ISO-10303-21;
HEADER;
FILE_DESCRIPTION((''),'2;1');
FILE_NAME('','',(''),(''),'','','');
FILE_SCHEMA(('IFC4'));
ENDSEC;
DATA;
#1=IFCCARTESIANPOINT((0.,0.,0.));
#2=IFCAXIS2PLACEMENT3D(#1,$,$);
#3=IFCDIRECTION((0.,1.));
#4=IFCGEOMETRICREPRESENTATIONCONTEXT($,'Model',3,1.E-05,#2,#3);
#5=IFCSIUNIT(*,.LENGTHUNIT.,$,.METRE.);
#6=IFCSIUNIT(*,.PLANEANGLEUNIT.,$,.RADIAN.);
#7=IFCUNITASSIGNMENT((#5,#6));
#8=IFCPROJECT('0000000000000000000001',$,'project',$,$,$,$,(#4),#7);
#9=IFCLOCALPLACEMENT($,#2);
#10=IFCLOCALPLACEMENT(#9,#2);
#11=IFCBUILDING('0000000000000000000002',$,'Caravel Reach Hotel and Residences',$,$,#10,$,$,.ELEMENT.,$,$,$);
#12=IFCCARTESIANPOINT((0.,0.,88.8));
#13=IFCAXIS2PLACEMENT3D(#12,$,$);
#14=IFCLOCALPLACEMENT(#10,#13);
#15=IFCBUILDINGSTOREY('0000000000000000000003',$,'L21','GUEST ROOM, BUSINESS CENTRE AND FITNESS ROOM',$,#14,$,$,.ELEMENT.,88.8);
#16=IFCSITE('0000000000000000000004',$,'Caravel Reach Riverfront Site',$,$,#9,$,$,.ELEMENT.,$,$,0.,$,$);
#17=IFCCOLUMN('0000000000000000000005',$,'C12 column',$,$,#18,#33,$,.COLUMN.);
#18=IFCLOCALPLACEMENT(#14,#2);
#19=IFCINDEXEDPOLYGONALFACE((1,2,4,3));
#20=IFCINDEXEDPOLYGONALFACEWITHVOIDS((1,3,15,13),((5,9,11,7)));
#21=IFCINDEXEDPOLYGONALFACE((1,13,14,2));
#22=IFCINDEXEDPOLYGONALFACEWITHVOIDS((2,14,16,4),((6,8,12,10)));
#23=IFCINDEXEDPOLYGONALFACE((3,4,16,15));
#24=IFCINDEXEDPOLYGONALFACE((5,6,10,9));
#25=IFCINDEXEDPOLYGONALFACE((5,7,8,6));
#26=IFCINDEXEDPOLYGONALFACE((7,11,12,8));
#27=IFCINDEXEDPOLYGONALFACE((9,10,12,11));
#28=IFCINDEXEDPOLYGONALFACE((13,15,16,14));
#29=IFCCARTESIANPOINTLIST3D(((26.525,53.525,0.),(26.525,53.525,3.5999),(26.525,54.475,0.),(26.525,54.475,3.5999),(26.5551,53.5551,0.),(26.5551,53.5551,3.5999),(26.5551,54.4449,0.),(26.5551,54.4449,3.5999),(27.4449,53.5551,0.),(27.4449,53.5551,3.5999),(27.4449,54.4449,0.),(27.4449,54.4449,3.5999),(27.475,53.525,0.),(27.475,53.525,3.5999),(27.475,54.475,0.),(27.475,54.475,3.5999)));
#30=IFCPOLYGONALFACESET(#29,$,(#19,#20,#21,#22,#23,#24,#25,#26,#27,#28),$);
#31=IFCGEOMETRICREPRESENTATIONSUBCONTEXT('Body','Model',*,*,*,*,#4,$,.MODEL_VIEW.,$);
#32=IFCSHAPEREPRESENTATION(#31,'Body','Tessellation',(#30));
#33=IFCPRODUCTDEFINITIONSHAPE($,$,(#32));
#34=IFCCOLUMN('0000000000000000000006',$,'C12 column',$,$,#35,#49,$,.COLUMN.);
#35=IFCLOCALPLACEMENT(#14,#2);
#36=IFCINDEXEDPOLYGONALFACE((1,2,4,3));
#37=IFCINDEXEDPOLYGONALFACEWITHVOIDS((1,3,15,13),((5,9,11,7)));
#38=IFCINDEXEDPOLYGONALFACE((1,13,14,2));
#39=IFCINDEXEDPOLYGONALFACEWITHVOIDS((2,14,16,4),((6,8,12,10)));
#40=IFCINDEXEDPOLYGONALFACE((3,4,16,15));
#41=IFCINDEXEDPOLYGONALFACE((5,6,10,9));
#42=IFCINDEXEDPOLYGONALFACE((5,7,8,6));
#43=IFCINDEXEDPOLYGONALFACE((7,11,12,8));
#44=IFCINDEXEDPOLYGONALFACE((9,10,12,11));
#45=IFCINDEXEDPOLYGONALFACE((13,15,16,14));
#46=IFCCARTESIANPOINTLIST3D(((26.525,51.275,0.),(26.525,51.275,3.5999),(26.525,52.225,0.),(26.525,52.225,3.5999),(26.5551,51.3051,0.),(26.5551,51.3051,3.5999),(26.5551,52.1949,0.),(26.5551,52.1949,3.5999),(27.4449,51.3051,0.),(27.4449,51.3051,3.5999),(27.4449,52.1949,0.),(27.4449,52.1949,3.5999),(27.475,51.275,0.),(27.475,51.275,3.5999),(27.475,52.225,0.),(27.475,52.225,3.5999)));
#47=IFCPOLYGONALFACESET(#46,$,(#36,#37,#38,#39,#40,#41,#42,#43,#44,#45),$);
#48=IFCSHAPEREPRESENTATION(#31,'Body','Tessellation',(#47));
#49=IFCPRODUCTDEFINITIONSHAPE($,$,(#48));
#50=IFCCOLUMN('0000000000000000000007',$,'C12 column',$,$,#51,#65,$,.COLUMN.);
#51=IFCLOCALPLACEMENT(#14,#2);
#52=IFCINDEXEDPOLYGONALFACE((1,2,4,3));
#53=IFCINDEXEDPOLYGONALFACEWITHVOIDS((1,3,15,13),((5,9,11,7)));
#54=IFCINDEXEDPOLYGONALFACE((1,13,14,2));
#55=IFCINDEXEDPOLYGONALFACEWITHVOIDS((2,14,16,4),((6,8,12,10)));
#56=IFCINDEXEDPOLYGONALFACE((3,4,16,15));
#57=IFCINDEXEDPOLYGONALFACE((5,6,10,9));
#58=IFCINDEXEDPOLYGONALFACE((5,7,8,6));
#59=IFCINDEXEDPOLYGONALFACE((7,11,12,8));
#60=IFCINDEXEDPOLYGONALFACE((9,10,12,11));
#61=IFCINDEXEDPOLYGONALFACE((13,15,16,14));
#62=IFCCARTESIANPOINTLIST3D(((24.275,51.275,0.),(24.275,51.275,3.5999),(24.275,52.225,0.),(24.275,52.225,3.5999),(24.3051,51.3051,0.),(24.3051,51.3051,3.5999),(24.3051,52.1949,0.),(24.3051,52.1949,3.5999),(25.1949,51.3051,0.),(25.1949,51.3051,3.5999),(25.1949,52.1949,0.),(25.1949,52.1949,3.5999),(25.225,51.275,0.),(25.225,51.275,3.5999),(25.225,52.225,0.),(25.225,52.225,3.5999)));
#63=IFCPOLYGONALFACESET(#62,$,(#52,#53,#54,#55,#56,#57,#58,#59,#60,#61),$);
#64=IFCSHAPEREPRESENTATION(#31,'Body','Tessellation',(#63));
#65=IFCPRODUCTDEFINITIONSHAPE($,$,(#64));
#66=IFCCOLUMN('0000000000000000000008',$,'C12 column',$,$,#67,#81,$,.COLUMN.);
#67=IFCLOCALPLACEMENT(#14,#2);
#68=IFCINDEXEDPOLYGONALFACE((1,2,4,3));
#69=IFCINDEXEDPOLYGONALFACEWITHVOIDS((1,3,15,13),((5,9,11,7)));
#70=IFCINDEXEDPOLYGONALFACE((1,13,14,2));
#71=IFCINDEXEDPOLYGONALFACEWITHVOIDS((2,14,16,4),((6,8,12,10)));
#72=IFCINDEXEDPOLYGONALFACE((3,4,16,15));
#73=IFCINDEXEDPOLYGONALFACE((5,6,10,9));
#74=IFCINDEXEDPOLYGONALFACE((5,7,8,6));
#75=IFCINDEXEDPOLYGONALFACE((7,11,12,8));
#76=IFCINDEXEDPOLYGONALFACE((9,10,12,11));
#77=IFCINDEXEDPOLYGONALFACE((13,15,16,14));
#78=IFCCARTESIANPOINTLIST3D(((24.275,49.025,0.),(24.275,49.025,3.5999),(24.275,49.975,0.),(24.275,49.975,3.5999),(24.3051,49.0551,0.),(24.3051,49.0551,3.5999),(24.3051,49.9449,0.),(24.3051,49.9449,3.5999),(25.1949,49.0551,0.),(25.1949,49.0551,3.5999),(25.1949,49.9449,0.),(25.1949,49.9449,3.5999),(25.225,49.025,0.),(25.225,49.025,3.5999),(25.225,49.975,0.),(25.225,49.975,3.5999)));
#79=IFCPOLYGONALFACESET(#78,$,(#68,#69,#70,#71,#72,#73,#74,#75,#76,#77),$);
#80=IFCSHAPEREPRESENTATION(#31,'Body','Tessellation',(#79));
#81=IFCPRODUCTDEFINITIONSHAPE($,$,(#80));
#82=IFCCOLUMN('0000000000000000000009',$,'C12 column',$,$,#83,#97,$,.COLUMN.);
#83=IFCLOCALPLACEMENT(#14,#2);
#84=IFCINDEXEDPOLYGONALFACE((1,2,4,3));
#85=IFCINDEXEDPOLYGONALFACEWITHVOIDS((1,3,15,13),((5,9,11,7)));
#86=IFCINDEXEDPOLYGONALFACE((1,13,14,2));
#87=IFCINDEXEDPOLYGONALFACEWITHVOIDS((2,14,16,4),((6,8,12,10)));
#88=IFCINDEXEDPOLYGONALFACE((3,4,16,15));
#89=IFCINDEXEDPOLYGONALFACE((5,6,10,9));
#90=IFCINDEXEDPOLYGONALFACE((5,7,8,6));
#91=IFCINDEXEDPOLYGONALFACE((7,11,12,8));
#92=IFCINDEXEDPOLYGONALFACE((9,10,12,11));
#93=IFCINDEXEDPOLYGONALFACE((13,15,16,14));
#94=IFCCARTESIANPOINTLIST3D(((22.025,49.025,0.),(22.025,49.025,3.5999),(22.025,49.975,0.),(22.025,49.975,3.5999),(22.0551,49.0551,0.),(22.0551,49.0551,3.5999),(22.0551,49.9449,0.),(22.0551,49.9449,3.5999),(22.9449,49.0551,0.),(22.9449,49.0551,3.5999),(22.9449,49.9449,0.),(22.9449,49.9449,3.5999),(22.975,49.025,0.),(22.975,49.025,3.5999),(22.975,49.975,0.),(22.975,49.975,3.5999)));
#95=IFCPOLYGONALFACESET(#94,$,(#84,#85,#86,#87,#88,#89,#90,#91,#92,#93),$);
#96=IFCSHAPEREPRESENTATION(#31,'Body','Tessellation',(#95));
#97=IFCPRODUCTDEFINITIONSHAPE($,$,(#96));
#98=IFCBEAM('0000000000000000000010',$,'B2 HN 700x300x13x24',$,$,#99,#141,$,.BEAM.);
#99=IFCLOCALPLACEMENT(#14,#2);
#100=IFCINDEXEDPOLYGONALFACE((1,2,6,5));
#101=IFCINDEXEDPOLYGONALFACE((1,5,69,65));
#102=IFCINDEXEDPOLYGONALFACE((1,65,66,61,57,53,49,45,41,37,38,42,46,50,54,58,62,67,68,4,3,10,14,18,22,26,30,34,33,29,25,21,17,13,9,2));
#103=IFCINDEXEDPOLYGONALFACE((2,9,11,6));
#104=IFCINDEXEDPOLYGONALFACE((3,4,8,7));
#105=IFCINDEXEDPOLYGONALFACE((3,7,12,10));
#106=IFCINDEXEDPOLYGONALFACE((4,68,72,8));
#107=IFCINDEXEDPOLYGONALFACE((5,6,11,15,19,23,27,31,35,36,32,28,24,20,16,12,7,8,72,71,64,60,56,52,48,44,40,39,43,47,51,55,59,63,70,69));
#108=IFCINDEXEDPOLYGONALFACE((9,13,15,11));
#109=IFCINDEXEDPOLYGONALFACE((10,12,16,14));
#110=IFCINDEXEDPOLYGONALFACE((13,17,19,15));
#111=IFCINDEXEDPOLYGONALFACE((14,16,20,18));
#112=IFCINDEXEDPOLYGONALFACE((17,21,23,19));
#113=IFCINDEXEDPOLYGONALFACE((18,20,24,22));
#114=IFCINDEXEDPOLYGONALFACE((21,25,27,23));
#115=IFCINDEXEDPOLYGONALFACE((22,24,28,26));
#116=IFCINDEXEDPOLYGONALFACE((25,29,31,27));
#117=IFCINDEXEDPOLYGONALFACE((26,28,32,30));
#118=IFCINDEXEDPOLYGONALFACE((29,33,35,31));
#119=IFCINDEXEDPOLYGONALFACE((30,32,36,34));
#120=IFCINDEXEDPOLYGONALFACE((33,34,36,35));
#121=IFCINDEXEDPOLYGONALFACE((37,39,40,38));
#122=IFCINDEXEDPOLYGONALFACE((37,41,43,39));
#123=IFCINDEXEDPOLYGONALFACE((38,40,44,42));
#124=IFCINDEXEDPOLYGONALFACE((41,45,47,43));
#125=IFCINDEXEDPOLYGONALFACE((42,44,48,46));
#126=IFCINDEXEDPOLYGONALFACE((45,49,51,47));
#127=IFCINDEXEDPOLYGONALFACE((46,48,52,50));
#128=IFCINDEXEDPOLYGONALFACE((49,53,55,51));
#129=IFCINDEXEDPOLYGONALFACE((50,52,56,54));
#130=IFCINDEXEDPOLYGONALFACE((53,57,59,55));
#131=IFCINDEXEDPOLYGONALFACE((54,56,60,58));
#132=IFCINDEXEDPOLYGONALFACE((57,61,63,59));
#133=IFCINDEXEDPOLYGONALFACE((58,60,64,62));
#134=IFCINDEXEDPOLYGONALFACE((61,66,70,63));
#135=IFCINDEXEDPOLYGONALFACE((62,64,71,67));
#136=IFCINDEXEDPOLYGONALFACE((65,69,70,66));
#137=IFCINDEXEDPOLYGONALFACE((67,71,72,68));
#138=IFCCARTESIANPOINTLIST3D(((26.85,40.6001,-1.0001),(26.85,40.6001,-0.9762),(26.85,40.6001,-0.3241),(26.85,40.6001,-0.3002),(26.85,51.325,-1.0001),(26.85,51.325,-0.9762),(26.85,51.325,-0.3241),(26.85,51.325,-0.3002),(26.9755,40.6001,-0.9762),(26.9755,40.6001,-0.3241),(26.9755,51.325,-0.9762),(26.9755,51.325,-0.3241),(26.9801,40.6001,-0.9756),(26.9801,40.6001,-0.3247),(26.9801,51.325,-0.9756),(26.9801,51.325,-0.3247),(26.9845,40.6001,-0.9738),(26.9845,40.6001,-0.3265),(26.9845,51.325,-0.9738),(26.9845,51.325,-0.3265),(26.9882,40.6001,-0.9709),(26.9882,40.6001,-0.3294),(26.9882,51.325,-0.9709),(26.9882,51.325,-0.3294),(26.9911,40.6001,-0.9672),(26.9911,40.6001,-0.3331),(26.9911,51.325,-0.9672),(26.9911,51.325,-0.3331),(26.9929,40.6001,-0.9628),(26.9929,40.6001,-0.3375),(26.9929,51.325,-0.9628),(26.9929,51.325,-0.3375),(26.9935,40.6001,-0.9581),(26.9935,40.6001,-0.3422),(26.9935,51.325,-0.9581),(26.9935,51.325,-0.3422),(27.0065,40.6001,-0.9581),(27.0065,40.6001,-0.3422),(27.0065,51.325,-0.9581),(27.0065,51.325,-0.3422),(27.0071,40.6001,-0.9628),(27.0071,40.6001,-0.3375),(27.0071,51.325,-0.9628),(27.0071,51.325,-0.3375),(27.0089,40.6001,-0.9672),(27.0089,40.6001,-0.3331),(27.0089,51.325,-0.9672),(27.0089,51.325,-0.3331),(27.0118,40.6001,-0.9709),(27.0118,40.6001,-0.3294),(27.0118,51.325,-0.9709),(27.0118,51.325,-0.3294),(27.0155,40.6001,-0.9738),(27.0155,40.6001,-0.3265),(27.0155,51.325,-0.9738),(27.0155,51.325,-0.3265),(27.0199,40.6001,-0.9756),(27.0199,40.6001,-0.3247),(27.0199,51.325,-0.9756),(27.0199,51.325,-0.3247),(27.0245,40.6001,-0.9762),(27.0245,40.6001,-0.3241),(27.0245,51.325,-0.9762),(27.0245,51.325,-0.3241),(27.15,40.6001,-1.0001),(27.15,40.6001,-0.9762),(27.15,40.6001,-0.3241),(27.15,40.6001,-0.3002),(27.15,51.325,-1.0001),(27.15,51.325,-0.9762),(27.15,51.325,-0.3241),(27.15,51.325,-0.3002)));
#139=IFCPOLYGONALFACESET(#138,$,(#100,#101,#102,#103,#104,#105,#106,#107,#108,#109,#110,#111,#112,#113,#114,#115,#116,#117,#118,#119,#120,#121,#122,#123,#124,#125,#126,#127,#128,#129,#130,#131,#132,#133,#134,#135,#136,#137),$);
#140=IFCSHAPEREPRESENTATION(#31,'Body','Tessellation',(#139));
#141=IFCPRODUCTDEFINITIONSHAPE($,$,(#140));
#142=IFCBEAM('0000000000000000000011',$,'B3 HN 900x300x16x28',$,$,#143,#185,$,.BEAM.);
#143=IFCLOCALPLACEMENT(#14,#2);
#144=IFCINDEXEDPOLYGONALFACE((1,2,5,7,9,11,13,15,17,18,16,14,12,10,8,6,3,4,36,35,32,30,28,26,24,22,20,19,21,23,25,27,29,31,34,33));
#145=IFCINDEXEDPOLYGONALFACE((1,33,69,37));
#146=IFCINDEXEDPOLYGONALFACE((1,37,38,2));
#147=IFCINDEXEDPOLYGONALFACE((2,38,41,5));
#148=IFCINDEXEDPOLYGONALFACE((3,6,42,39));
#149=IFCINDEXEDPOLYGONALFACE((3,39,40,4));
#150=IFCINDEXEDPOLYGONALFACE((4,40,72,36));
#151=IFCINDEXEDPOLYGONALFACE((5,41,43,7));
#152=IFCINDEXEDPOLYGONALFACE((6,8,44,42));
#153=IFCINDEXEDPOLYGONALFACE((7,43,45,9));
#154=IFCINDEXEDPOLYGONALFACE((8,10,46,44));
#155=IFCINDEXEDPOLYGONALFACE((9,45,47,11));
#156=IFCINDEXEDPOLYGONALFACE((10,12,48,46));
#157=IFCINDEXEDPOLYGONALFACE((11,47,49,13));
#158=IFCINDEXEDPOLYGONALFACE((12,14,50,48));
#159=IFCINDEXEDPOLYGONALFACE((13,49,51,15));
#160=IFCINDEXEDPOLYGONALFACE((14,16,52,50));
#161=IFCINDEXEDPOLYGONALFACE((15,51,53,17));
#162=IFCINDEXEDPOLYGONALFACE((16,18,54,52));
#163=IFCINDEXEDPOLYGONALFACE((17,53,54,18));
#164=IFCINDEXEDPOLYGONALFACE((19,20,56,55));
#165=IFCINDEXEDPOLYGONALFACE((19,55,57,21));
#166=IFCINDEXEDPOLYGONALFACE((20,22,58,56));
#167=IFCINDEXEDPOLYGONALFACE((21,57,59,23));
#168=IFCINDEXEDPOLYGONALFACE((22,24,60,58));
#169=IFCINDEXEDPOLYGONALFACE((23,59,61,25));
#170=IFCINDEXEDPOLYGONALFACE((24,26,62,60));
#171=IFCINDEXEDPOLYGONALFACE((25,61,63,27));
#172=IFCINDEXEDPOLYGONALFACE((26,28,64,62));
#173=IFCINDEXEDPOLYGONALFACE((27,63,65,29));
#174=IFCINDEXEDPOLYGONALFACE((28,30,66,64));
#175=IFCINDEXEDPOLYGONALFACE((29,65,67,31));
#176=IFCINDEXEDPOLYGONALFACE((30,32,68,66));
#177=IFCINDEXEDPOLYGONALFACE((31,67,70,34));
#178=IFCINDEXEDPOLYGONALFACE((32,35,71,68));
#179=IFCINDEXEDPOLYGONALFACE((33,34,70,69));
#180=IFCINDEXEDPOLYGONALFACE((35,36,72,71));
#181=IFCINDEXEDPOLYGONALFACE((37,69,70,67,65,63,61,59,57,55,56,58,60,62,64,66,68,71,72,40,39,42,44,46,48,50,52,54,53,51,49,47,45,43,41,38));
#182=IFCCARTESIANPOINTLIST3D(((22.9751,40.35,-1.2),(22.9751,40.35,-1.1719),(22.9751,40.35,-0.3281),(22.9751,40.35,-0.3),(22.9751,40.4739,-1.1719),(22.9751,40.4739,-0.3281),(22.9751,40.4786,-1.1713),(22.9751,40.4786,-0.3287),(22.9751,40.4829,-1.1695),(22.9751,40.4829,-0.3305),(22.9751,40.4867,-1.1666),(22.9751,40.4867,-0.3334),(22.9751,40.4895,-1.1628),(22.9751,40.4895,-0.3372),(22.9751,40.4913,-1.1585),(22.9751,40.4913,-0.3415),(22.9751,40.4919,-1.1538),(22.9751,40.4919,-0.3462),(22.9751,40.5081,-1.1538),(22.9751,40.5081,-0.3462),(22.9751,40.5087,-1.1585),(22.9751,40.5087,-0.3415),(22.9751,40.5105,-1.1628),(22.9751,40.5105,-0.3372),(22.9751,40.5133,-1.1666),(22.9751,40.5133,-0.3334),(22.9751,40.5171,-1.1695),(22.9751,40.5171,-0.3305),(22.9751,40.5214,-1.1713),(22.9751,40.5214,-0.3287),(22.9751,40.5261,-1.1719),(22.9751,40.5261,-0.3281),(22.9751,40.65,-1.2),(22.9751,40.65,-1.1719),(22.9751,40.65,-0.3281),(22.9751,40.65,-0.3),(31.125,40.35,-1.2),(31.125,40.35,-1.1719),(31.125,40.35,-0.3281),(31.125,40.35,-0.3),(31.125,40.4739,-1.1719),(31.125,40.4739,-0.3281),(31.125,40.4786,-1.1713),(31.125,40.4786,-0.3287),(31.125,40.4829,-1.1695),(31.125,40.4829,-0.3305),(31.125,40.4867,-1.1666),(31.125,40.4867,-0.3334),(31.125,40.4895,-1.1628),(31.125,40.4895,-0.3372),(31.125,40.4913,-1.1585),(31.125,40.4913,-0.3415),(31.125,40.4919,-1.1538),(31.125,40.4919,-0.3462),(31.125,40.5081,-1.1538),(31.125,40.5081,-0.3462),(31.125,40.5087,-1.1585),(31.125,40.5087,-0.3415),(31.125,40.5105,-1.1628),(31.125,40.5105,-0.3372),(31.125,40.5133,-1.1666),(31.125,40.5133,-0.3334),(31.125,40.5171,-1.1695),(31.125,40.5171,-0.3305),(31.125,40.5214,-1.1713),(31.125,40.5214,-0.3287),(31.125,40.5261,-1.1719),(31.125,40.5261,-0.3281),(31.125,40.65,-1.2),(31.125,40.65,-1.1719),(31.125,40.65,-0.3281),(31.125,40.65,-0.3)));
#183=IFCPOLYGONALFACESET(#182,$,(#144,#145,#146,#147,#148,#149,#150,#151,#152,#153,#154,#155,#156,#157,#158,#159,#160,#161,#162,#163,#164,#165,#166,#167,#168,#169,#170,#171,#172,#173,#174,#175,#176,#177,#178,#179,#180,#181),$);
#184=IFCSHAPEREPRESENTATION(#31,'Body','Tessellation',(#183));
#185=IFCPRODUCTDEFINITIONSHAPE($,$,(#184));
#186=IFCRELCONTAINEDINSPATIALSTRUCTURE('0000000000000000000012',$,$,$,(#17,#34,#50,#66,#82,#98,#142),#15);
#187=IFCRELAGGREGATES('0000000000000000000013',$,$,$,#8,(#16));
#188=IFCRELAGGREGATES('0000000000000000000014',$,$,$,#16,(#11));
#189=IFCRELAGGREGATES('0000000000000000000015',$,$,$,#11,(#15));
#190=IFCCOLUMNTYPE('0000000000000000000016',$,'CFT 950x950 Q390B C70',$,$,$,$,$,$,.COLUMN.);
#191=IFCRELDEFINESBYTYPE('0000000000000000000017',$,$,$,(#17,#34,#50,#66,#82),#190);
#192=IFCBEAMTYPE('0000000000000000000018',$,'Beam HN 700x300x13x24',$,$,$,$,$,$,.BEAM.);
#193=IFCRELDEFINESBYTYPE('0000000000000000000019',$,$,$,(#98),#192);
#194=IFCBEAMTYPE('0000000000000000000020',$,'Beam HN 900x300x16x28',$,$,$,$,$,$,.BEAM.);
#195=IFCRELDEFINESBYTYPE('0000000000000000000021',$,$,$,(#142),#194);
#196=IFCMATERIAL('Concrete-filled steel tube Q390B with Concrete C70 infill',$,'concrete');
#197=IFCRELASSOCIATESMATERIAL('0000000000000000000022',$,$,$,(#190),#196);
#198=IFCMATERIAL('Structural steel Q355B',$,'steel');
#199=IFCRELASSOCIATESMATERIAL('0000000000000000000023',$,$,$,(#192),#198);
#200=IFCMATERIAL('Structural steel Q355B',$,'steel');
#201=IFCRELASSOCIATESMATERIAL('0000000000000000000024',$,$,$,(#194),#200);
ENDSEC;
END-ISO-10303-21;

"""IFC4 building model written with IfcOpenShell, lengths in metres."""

from ifc_helpers import new_model, si_unit, direction, frame, origin, origin_2d, place, context, subcontext, project, spatial, hollow_rectangle, i_section, extrude, material, material_profile, profile_set, type_object, element, save


model = new_model("IFC4")

# Units and contexts
model_context = context("Model", 3, precision=1e-05, world=origin(), true_north=direction((0.0, 1.0)))
body_context = subcontext(model_context, "Body", "Model", "MODEL_VIEW")
ifc_project = project(units=[si_unit("LENGTHUNIT", "METRE"), si_unit("PLANEANGLEUNIT", "RADIAN")], contexts=[model_context])

# Site, building, storey
site_placement = place(None, origin())
site = spatial("IfcSite", under=ifc_project, at=site_placement, Name="Caravel Reach Riverfront Site", CompositionType="ELEMENT", RefElevation=0.0)
building_placement = place(site_placement, origin())
building = spatial("IfcBuilding", under=site, at=building_placement, Name="Caravel Reach Hotel and Residences", CompositionType="ELEMENT")
storey_placement = place(building_placement, frame((0.0, 0.0, 88.8)))
storey = spatial("IfcBuildingStorey", under=building, at=storey_placement, Name="L21", Description="GUEST ROOM, BUSINESS CENTRE AND FITNESS ROOM", CompositionType="ELEMENT", Elevation=88.8)

# Columns
ifc_material_1 = material(Name="Concrete-filled steel tube Q390B with Concrete C70 infill", Category="concrete")
ifc_material_profile_1 = material_profile(ifc_material_1, hollow_rectangle(XDim=0.95, YDim=0.95, WallThickness=0.03, at=origin_2d()), Name="RHS 950x950x30")
ifc_profile_set_1 = profile_set([ifc_material_profile_1], Name="Concrete-filled steel tube Q390B with Concrete C70 infill")
column_type = type_object("IfcColumnType", Name="CFT 950x950 Q390B C70", PredefinedType="COLUMN", material=ifc_profile_set_1)
for number, where, z_axis, x_axis, name in (
    (1, (27.0, 54.0, 0.0), (0.0, 0.0, 1.0), (1.0, 0.0, 0.0), "C12 column"),
    (2, (27.0, 51.75, 0.0), (0.0, 0.0, 1.0), (1.0, 0.0, 0.0), "C12 column"),
    (3, (24.75, 51.75, 0.0), (0.0, 0.0, 1.0), (1.0, 0.0, 0.0), "C12 column"),
    (4, (24.75, 49.5, 0.0), (0.0, 0.0, 1.0), (1.0, 0.0, 0.0), "C12 column"),
    (5, (22.5, 49.5, 0.0), (0.0, 0.0, 1.0), (1.0, 0.0, 0.0), "C12 column"),
):
    element("IfcColumn", number, at=place(storey_placement, frame(where, z_axis=z_axis, x_axis=x_axis)), inside=storey, type_object=column_type, Name=name, PredefinedType="COLUMN", context=body_context, shape_type="SweptSolid", body=[
        extrude(hollow_rectangle(XDim=0.95, YDim=0.95, WallThickness=0.03, at=origin_2d()), origin(), (0.0, 0.0, 1.0), 3.5999),
    ])

# Beams
ifc_material_2 = material(Name="Structural steel Q355B", Category="steel")
ifc_material_profile_2 = material_profile(ifc_material_2, i_section(OverallWidth=0.3, OverallDepth=0.7, WebThickness=0.0129, FlangeThickness=0.0239, FilletRadius=0.0181, at=origin_2d()), Name="HN 700x300x13x24")
ifc_profile_set_2 = profile_set([ifc_material_profile_2], Name="Structural steel Q355B")
beam_type_1 = type_object("IfcBeamType", Name="Beam HN 700x300x13x24", PredefinedType="BEAM", material=ifc_profile_set_2)
beam_1_placement = place(storey_placement, frame((27.0, 40.6001, -0.6501), z_axis=(0.0, 1.0, 0.0), x_axis=(-1.0, 0.0, 0.0)))
element("IfcBeam", 6, at=beam_1_placement, inside=storey, type_object=beam_type_1, Name="B2 HN 700x300x13x24", PredefinedType="BEAM", context=body_context, shape_type="SweptSolid", body=[
    extrude(i_section(OverallWidth=0.3, OverallDepth=0.7, WebThickness=0.0129, FlangeThickness=0.0239, FilletRadius=0.0181, at=origin_2d()), origin(), (0.0, 0.0, 1.0), 10.7249),
])
ifc_material_3 = material(Name="Structural steel Q355B", Category="steel")
ifc_material_profile_3 = material_profile(ifc_material_3, i_section(OverallWidth=0.3, OverallDepth=0.8999, WebThickness=0.0161, FlangeThickness=0.0281, FilletRadius=0.0181, at=origin_2d()), Name="HN 900x300x16x28")
ifc_profile_set_3 = profile_set([ifc_material_profile_3], Name="Structural steel Q355B")
beam_type_2 = type_object("IfcBeamType", Name="Beam HN 900x300x16x28", PredefinedType="BEAM", material=ifc_profile_set_3)
beam_2_placement = place(storey_placement, frame((22.9751, 40.5, -0.75), z_axis=(1.0, 0.0, 0.0), x_axis=(0.0, 1.0, 0.0)))
element("IfcBeam", 7, at=beam_2_placement, inside=storey, type_object=beam_type_2, Name="B3 HN 900x300x16x28", PredefinedType="BEAM", context=body_context, shape_type="SweptSolid", body=[
    extrude(i_section(OverallWidth=0.3, OverallDepth=0.8999, WebThickness=0.0161, FlangeThickness=0.0281, FilletRadius=0.0181, at=origin_2d()), origin(), (0.0, 0.0, 1.0), 8.1499),
])

save(model, "model.ifc")
